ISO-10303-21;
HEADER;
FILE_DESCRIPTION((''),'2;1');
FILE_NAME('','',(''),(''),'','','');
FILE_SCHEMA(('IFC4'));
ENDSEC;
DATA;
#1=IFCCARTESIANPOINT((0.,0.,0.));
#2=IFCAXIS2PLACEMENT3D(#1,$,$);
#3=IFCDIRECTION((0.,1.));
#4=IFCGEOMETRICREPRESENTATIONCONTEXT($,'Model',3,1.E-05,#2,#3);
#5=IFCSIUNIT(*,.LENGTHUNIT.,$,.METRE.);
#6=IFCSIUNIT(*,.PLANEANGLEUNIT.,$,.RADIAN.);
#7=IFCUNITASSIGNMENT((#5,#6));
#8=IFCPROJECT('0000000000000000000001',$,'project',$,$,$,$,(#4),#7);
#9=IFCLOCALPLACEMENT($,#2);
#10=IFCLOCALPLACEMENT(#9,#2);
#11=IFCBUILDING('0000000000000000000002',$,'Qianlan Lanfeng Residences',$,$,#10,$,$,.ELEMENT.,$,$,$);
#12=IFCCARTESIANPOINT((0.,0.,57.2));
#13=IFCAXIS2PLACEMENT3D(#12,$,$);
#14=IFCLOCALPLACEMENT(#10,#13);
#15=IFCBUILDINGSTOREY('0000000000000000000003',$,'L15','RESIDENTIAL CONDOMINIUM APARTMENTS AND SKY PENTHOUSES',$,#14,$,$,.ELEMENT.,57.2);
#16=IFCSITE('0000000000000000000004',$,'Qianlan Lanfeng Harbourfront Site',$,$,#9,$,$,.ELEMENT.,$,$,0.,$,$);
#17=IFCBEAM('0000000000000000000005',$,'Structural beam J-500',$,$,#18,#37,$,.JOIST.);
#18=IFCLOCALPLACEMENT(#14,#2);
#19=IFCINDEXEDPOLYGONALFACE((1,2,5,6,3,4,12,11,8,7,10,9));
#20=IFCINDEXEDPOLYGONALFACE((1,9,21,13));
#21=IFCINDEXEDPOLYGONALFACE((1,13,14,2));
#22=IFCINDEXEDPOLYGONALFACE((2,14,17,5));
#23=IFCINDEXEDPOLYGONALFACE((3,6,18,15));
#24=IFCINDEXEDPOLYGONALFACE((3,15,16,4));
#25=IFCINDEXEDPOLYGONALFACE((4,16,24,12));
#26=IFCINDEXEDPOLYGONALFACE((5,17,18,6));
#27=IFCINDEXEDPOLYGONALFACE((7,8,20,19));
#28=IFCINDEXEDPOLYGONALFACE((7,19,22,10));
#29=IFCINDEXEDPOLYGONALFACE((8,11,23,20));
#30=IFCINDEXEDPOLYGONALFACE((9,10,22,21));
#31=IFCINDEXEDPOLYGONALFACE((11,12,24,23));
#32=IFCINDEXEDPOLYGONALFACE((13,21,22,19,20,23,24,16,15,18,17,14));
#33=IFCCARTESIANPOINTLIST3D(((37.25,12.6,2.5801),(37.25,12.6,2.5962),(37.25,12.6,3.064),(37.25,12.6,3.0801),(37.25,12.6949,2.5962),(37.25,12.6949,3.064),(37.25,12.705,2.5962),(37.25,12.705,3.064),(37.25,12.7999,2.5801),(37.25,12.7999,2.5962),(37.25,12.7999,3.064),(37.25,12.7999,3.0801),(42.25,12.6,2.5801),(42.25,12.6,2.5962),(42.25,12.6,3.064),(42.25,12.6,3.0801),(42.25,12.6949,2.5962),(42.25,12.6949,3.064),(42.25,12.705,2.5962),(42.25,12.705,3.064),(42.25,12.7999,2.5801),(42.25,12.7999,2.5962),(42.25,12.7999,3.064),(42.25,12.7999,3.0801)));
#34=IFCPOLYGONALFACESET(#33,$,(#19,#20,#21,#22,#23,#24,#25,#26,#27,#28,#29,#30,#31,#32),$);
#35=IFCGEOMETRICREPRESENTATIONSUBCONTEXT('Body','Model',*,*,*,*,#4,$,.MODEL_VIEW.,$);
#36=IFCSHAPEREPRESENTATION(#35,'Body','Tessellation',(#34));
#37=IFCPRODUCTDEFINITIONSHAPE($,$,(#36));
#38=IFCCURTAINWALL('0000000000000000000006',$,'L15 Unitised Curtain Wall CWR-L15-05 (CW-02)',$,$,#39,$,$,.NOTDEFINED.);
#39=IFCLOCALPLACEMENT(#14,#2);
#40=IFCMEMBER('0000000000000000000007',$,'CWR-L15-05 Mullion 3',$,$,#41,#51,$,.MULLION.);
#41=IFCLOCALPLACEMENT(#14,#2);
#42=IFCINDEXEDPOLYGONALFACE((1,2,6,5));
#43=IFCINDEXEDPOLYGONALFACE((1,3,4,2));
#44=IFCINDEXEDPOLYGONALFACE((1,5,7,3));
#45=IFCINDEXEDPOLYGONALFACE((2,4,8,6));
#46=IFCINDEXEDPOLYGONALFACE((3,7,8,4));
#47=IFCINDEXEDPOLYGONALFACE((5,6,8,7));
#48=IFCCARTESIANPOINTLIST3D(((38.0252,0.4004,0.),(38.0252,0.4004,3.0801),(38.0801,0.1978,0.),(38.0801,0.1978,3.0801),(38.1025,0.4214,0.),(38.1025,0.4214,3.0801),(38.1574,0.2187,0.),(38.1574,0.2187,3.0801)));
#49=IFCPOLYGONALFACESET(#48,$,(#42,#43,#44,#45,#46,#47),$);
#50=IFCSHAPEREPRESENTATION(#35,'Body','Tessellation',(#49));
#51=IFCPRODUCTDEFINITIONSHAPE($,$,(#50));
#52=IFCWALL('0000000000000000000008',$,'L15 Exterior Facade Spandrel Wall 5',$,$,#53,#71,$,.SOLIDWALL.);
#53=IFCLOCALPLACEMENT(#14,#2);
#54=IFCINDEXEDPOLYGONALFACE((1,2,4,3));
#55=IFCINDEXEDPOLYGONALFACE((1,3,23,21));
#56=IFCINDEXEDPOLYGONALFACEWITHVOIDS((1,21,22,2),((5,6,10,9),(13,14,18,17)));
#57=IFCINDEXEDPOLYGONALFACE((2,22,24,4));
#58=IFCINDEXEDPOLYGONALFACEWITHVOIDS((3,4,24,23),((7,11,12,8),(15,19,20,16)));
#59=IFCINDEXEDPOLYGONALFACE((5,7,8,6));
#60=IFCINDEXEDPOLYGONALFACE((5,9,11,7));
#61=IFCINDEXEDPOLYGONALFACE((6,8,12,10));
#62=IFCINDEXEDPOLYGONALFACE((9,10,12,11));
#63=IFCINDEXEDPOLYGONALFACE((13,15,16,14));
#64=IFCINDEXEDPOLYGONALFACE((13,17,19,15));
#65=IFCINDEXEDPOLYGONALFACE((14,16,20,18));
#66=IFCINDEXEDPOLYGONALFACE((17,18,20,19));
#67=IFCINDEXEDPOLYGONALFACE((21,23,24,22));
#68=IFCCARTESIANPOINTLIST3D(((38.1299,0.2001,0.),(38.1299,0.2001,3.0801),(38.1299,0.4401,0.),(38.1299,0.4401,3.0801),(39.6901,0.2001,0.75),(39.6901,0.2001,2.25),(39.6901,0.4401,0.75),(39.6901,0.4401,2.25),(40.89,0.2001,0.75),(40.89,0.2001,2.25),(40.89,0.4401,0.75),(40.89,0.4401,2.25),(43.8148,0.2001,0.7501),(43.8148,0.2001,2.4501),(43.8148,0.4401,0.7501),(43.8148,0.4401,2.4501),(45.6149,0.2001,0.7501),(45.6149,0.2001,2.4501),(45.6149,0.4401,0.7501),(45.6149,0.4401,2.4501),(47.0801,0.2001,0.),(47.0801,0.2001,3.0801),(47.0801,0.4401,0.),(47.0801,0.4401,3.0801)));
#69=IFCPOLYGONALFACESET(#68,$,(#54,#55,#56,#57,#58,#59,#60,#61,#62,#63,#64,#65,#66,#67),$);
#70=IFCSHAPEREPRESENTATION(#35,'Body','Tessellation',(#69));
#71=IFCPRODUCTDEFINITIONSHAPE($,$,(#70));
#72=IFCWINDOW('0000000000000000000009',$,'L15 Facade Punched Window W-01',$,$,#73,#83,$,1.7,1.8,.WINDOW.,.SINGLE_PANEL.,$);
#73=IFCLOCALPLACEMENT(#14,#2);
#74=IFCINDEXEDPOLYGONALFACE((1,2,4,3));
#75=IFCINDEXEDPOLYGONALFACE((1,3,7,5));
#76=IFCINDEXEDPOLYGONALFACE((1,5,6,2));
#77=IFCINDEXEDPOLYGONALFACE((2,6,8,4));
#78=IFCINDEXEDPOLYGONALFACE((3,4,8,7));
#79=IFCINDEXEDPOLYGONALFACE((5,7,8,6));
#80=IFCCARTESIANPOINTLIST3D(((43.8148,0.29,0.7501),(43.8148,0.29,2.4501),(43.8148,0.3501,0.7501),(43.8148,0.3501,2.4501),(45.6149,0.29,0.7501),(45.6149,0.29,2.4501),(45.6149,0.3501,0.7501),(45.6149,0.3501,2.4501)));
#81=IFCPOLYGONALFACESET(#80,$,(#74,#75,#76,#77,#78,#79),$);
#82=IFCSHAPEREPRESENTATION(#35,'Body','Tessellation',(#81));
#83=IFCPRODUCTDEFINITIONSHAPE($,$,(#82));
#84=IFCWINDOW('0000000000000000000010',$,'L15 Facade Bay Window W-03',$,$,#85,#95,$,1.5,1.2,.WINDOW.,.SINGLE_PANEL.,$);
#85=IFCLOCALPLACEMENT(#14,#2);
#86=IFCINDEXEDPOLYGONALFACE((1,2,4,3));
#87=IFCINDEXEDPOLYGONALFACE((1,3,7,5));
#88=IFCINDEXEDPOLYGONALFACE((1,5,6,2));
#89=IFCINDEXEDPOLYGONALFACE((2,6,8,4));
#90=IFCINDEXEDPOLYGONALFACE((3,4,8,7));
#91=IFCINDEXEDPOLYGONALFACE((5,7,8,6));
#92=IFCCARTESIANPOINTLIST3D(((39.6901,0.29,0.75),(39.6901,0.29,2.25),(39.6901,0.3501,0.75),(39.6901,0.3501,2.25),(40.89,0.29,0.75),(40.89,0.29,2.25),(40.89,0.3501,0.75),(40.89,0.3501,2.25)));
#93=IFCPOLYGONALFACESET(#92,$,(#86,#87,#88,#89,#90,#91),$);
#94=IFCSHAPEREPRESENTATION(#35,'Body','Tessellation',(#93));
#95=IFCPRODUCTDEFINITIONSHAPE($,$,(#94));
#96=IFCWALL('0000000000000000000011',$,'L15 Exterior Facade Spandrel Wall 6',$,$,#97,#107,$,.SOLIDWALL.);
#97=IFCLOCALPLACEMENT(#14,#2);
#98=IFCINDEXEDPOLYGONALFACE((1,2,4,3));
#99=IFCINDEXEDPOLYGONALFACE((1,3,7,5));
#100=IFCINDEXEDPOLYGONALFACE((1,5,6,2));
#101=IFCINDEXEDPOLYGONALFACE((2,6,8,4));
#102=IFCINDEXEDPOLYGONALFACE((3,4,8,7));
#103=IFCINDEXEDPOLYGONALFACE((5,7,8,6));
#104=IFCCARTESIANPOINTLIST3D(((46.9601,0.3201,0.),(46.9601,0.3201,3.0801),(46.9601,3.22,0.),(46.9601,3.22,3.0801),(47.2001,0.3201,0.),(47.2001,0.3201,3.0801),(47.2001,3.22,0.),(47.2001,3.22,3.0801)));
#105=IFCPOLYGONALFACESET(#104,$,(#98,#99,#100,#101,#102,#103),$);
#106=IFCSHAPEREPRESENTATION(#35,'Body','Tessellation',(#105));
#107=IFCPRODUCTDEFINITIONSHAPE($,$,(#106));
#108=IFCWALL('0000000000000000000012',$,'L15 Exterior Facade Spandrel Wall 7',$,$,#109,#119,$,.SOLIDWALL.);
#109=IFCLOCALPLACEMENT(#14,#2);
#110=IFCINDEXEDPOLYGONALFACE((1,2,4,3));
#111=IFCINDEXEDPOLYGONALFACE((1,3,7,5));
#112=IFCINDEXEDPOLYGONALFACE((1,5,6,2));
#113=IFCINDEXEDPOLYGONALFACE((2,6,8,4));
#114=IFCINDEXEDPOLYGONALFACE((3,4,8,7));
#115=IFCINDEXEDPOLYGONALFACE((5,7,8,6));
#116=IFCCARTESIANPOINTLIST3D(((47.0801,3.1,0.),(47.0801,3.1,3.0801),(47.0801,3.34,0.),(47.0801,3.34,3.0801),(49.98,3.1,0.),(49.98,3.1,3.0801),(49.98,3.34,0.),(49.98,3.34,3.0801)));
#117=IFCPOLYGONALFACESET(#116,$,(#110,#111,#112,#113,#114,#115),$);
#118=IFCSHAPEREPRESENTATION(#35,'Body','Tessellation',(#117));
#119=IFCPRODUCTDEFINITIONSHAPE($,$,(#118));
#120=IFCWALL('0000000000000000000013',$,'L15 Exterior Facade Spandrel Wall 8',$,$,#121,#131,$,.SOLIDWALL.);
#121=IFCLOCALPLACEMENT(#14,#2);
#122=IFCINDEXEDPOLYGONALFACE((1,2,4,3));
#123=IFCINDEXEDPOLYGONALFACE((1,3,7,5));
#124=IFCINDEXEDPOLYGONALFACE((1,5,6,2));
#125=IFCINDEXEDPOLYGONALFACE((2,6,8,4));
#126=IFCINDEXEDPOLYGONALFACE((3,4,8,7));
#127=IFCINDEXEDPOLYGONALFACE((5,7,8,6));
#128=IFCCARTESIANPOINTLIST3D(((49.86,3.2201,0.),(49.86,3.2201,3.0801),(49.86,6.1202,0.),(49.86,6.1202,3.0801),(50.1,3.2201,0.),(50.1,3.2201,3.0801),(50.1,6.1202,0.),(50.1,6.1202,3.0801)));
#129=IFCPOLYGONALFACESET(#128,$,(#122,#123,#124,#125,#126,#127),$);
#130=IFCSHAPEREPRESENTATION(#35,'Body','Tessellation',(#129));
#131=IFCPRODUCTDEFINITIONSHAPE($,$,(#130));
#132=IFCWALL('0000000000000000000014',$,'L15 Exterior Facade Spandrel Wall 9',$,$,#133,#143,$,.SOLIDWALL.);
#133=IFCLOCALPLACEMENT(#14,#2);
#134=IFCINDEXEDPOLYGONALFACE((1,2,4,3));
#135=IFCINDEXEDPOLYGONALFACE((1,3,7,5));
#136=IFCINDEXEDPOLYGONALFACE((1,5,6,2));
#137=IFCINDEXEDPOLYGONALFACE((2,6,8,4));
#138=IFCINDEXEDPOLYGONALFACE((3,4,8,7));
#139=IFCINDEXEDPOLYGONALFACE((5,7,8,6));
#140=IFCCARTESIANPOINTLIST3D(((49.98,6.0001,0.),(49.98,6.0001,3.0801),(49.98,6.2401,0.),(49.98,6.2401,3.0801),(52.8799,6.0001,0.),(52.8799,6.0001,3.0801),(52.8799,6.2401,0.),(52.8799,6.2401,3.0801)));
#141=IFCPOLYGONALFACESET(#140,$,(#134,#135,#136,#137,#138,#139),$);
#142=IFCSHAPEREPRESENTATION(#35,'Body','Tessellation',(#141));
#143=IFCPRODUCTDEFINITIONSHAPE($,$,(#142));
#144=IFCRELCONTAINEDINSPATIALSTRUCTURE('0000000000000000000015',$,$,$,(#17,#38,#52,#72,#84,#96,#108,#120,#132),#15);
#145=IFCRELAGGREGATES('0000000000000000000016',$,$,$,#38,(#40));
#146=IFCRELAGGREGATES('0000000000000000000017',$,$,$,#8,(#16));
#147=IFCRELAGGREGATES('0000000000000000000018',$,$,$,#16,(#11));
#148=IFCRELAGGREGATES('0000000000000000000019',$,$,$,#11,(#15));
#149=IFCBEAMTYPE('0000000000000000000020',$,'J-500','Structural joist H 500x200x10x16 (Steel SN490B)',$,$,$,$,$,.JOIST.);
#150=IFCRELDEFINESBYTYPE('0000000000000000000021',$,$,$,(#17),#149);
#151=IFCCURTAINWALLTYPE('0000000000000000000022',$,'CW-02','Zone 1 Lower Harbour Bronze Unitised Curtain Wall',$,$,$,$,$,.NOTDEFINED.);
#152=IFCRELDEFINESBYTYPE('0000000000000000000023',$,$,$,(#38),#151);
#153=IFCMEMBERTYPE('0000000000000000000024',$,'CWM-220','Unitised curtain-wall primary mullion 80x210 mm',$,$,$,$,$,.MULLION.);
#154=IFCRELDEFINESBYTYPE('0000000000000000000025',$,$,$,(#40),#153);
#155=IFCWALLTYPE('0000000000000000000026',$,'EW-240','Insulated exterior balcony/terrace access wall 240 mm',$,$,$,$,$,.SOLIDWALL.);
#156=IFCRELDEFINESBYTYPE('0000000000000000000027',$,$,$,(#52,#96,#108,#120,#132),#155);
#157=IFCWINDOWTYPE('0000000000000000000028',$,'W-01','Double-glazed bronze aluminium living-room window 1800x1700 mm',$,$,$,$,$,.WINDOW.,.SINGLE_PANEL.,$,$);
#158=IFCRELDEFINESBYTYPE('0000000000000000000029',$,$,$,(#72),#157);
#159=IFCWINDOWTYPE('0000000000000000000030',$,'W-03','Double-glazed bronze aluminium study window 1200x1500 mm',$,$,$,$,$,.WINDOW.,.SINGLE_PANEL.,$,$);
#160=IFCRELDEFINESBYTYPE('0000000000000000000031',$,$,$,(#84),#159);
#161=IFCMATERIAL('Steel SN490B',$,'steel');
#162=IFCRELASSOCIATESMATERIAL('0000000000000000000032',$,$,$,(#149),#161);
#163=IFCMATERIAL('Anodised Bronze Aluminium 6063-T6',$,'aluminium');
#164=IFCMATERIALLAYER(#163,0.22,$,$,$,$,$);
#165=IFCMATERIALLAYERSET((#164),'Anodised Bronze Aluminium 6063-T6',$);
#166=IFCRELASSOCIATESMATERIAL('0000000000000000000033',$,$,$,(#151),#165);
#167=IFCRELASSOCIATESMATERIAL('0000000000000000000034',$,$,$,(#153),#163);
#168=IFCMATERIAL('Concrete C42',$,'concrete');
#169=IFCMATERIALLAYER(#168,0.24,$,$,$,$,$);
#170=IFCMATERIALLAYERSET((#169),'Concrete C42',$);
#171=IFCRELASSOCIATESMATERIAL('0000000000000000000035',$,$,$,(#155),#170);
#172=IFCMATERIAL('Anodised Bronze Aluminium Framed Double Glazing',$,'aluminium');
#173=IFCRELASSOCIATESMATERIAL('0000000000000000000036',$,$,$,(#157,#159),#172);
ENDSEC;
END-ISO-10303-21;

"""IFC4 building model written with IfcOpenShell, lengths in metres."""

from ifc_helpers import new_model, si_unit, direction, frame, frame_2d, origin, origin_2d, place, context, subcontext, project, spatial, rectangle, i_section, extrude, source, transform, mapped, material, layer, layer_set, material_profile, profile_set, type_object, element, fill, aggregate, save


model = new_model("IFC4")

# Units and contexts
model_context = context("Model", 3, precision=1e-05, world=origin(), true_north=direction((0.0, 1.0)))
body_context = subcontext(model_context, "Body", "Model", "MODEL_VIEW")
ifc_project = project(units=[si_unit("LENGTHUNIT", "METRE"), si_unit("PLANEANGLEUNIT", "RADIAN")], contexts=[model_context])

# Site, building, storey
site_placement = place(None, origin())
site = spatial("IfcSite", under=ifc_project, at=site_placement, Name="Qianlan Lanfeng Harbourfront Site", CompositionType="ELEMENT", RefElevation=0.0)
building_placement = place(site_placement, origin())
building = spatial("IfcBuilding", under=site, at=building_placement, Name="Qianlan Lanfeng Residences", CompositionType="ELEMENT")
storey_placement = place(building_placement, frame((0.0, 0.0, 57.2)))
storey = spatial("IfcBuildingStorey", under=building, at=storey_placement, Name="L15", Description="RESIDENTIAL CONDOMINIUM APARTMENTS AND SKY PENTHOUSES", CompositionType="ELEMENT", Elevation=57.2)

# Shared definitions
ifc_material_1 = material(Name="Steel SN490B", Category="steel")

# Beam
ifc_material_profile_1 = material_profile(ifc_material_1, i_section(OverallWidth=0.2, OverallDepth=0.5, WebThickness=0.01, FlangeThickness=0.0161, at=origin_2d()), Name="H 500x200x10x16")
ifc_profile_set_1 = profile_set([ifc_material_profile_1], Name="Steel SN490B")
beam_type_1 = type_object("IfcBeamType", Name="J-500", Description="Structural joist H 500x200x10x16 (Steel SN490B)", PredefinedType="JOIST", material=ifc_profile_set_1)
beam_1_placement = place(storey_placement, frame((37.25, 12.7, 2.8301), z_axis=(1.0, 0.0, 0.0), x_axis=(0.0, 1.0, 0.0)))
element("IfcBeam", 1, at=beam_1_placement, inside=storey, type_object=beam_type_1, Name="Structural beam J-500", PredefinedType="JOIST", context=body_context, shape_type="SweptSolid", body=[
    extrude(i_section(OverallWidth=0.2, OverallDepth=0.5, WebThickness=0.01, FlangeThickness=0.0161, at=origin_2d()), origin(), (0.0, 0.0, 1.0), 5.0),
])

# Curtain wall, member
ifc_material_2 = material(Name="Anodised Bronze Aluminium 6063-T6", Category="aluminium")
ifc_layer_1 = layer(ifc_material_2, 0.22)
ifc_layer_set_1 = layer_set([ifc_layer_1], Name="Anodised Bronze Aluminium 6063-T6")
curtain_wall_type = type_object("IfcCurtainWallType", Name="CW-02", Description="Zone 1 Lower Harbour Bronze Unitised Curtain Wall", PredefinedType="NOTDEFINED", material=ifc_layer_set_1)
curtain_wall_placement = place(storey_placement, origin())
curtain_wall = element("IfcCurtainWall", 2, at=curtain_wall_placement, inside=storey, type_object=curtain_wall_type, Name="L15 Unitised Curtain Wall CWR-L15-05 (CW-02)", PredefinedType="NOTDEFINED")
ifc_material_profile_2 = material_profile(ifc_material_2, rectangle(XDim=0.0801, YDim=0.21, at=origin_2d()), Name="ALU MULLION 80x210")
ifc_profile_set_2 = profile_set([ifc_material_profile_2], Name="Anodised Bronze Aluminium 6063-T6")
member_type = type_object("IfcMemberType", Name="CWM-220", Description="Unitised curtain-wall primary mullion 80x210 mm", PredefinedType="MULLION", material=ifc_profile_set_2)
shared_shape = source(origin(), body_context, "Body", "SweptSolid", [
    extrude(rectangle(XDim=0.0801, YDim=0.21, at=origin_2d()), origin(), (0.0, 0.0, 1.0), 3.0801),
])
member_placement = place(storey_placement, frame((38.0913, 0.3096, 0.0), z_axis=(0.0, 0.0, 1.0), x_axis=(0.965263, 0.261281, 0.0)))
member = element("IfcMember", 3, at=member_placement, type_object=member_type, Name="CWR-L15-05 Mullion 3", PredefinedType="MULLION", context=body_context, shape_type="MappedRepresentation", body=[
    mapped(shared_shape, transform((0.0, 0.0, 0.0), scale=1.0)),
])
aggregate(curtain_wall, [member])

# Wall, openings, windows
ifc_material_3 = material(Name="Concrete C42", Category="concrete")
ifc_layer_2 = layer(ifc_material_3, 0.24)
ifc_layer_set_2 = layer_set([ifc_layer_2], Name="Concrete C42")
wall_type_1 = type_object("IfcWallType", Name="EW-240", Description="Insulated exterior balcony/terrace access wall 240 mm", PredefinedType="SOLIDWALL", material=ifc_layer_set_2)
wall_1_placement = place(storey_placement, frame((38.1299, 0.3201, 0.0), z_axis=(0.0, 0.0, 1.0), x_axis=(1.0, 0.0, 0.0)))
wall_1 = element("IfcWall", 4, at=wall_1_placement, inside=storey, type_object=wall_type_1, Name="L15 Exterior Facade Spandrel Wall 5", PredefinedType="SOLIDWALL", context=body_context, shape_type="SweptSolid", body=[
    extrude(rectangle(XDim=8.9502, YDim=0.24, at=frame_2d((4.4751, 0.0))), origin(), (0.0, 0.0, 1.0), 3.0801),
])
opening_1_placement = place(wall_1_placement, frame((5.6851, 0.0, 0.75)))
opening_1 = element("IfcOpeningElement", 5, at=opening_1_placement, cuts=wall_1, PredefinedType="OPENING", context=body_context, shape_type="SweptSolid", body=[
    extrude(rectangle(XDim=1.8, YDim=1.7, at=frame_2d((0.8999, 0.8501))), frame((0.0, 0.1299, 0.0), z_axis=(0.0, -1.0, 0.0), x_axis=(1.0, 0.0, 0.0)), (0.0, 0.0, 1.0), 0.26),
])
opening_2_placement = place(wall_1_placement, frame((1.5601, 0.0, 0.75)))
opening_2 = element("IfcOpeningElement", 6, at=opening_2_placement, cuts=wall_1, PredefinedType="OPENING", context=body_context, shape_type="SweptSolid", body=[
    extrude(rectangle(XDim=1.2, YDim=1.5, at=frame_2d((0.6001, 0.75))), frame((0.0, 0.1299, 0.0), z_axis=(0.0, -1.0, 0.0), x_axis=(1.0, 0.0, 0.0)), (0.0, 0.0, 1.0), 0.26),
])
ifc_material_4 = material(Name="Anodised Bronze Aluminium Framed Double Glazing", Category="aluminium")
window_type_1 = type_object("IfcWindowType", Name="W-01", Description="Double-glazed bronze aluminium living-room window 1800x1700 mm", PartitioningType="SINGLE_PANEL", PredefinedType="WINDOW", material=ifc_material_4)
window_1_placement = place(opening_1_placement, origin())
window_1 = element("IfcWindow", 7, at=window_1_placement, inside=storey, type_object=window_type_1, Name="L15 Facade Punched Window W-01", OverallHeight=1.7, OverallWidth=1.8, PartitioningType="SINGLE_PANEL", PredefinedType="WINDOW", context=body_context, shape_type="SweptSolid", body=[
    extrude(rectangle(XDim=1.8, YDim=1.7, at=frame_2d((0.8999, 0.8501))), frame((0.0, 0.03, 0.0), z_axis=(0.0, -1.0, 0.0), x_axis=(1.0, 0.0, 0.0)), (0.0, 0.0, 1.0), 0.0601),
])
fill(opening_1, window_1)
window_type_2 = type_object("IfcWindowType", Name="W-03", Description="Double-glazed bronze aluminium study window 1200x1500 mm", PartitioningType="SINGLE_PANEL", PredefinedType="WINDOW", material=ifc_material_4)
window_2_placement = place(opening_2_placement, origin())
window_2 = element("IfcWindow", 8, at=window_2_placement, inside=storey, type_object=window_type_2, Name="L15 Facade Bay Window W-03", OverallHeight=1.5, OverallWidth=1.2, PartitioningType="SINGLE_PANEL", PredefinedType="WINDOW", context=body_context, shape_type="SweptSolid", body=[
    extrude(rectangle(XDim=1.2, YDim=1.5, at=frame_2d((0.6001, 0.75))), frame((0.0, 0.03, 0.0), z_axis=(0.0, -1.0, 0.0), x_axis=(1.0, 0.0, 0.0)), (0.0, 0.0, 1.0), 0.0601),
])
fill(opening_2, window_2)

# Walls
for number, where, z_axis, x_axis, name in (
    (9, (47.0801, 0.3201, 0.0), (0.0, 0.0, 1.0), (0.0, 1.0, 0.0), "L15 Exterior Facade Spandrel Wall 6"),
    (10, (47.0801, 3.22, 0.0), (0.0, 0.0, 1.0), (1.0, 0.0, 0.0), "L15 Exterior Facade Spandrel Wall 7"),
):
    element("IfcWall", number, at=place(storey_placement, frame(where, z_axis=z_axis, x_axis=x_axis)), inside=storey, type_object=wall_type_1, Name=name, PredefinedType="SOLIDWALL", context=body_context, shape_type="SweptSolid", body=[
        extrude(rectangle(XDim=2.8999, YDim=0.24, at=frame_2d((1.45, 0.0))), origin(), (0.0, 0.0, 1.0), 3.0801),
    ])
wall_2_placement = place(storey_placement, frame((49.98, 3.22, 0.0), z_axis=(0.0, 0.0, 1.0), x_axis=(0.0, 1.0, 0.0)))
element("IfcWall", 11, at=wall_2_placement, inside=storey, type_object=wall_type_1, Name="L15 Exterior Facade Spandrel Wall 8", PredefinedType="SOLIDWALL", context=body_context, shape_type="SweptSolid", body=[
    extrude(rectangle(XDim=2.9001, YDim=0.24, at=frame_2d((1.4502, 0.0))), origin(), (0.0, 0.0, 1.0), 3.0801),
])
wall_3_placement = place(storey_placement, frame((49.98, 6.1201, 0.0), z_axis=(0.0, 0.0, 1.0), x_axis=(1.0, 0.0, 0.0)))
element("IfcWall", 12, at=wall_3_placement, inside=storey, type_object=wall_type_1, Name="L15 Exterior Facade Spandrel Wall 9", PredefinedType="SOLIDWALL", context=body_context, shape_type="SweptSolid", body=[
    extrude(rectangle(XDim=2.8999, YDim=0.24, at=frame_2d((1.45, 0.0))), origin(), (0.0, 0.0, 1.0), 3.0801),
])

save(model, "model.ifc")
